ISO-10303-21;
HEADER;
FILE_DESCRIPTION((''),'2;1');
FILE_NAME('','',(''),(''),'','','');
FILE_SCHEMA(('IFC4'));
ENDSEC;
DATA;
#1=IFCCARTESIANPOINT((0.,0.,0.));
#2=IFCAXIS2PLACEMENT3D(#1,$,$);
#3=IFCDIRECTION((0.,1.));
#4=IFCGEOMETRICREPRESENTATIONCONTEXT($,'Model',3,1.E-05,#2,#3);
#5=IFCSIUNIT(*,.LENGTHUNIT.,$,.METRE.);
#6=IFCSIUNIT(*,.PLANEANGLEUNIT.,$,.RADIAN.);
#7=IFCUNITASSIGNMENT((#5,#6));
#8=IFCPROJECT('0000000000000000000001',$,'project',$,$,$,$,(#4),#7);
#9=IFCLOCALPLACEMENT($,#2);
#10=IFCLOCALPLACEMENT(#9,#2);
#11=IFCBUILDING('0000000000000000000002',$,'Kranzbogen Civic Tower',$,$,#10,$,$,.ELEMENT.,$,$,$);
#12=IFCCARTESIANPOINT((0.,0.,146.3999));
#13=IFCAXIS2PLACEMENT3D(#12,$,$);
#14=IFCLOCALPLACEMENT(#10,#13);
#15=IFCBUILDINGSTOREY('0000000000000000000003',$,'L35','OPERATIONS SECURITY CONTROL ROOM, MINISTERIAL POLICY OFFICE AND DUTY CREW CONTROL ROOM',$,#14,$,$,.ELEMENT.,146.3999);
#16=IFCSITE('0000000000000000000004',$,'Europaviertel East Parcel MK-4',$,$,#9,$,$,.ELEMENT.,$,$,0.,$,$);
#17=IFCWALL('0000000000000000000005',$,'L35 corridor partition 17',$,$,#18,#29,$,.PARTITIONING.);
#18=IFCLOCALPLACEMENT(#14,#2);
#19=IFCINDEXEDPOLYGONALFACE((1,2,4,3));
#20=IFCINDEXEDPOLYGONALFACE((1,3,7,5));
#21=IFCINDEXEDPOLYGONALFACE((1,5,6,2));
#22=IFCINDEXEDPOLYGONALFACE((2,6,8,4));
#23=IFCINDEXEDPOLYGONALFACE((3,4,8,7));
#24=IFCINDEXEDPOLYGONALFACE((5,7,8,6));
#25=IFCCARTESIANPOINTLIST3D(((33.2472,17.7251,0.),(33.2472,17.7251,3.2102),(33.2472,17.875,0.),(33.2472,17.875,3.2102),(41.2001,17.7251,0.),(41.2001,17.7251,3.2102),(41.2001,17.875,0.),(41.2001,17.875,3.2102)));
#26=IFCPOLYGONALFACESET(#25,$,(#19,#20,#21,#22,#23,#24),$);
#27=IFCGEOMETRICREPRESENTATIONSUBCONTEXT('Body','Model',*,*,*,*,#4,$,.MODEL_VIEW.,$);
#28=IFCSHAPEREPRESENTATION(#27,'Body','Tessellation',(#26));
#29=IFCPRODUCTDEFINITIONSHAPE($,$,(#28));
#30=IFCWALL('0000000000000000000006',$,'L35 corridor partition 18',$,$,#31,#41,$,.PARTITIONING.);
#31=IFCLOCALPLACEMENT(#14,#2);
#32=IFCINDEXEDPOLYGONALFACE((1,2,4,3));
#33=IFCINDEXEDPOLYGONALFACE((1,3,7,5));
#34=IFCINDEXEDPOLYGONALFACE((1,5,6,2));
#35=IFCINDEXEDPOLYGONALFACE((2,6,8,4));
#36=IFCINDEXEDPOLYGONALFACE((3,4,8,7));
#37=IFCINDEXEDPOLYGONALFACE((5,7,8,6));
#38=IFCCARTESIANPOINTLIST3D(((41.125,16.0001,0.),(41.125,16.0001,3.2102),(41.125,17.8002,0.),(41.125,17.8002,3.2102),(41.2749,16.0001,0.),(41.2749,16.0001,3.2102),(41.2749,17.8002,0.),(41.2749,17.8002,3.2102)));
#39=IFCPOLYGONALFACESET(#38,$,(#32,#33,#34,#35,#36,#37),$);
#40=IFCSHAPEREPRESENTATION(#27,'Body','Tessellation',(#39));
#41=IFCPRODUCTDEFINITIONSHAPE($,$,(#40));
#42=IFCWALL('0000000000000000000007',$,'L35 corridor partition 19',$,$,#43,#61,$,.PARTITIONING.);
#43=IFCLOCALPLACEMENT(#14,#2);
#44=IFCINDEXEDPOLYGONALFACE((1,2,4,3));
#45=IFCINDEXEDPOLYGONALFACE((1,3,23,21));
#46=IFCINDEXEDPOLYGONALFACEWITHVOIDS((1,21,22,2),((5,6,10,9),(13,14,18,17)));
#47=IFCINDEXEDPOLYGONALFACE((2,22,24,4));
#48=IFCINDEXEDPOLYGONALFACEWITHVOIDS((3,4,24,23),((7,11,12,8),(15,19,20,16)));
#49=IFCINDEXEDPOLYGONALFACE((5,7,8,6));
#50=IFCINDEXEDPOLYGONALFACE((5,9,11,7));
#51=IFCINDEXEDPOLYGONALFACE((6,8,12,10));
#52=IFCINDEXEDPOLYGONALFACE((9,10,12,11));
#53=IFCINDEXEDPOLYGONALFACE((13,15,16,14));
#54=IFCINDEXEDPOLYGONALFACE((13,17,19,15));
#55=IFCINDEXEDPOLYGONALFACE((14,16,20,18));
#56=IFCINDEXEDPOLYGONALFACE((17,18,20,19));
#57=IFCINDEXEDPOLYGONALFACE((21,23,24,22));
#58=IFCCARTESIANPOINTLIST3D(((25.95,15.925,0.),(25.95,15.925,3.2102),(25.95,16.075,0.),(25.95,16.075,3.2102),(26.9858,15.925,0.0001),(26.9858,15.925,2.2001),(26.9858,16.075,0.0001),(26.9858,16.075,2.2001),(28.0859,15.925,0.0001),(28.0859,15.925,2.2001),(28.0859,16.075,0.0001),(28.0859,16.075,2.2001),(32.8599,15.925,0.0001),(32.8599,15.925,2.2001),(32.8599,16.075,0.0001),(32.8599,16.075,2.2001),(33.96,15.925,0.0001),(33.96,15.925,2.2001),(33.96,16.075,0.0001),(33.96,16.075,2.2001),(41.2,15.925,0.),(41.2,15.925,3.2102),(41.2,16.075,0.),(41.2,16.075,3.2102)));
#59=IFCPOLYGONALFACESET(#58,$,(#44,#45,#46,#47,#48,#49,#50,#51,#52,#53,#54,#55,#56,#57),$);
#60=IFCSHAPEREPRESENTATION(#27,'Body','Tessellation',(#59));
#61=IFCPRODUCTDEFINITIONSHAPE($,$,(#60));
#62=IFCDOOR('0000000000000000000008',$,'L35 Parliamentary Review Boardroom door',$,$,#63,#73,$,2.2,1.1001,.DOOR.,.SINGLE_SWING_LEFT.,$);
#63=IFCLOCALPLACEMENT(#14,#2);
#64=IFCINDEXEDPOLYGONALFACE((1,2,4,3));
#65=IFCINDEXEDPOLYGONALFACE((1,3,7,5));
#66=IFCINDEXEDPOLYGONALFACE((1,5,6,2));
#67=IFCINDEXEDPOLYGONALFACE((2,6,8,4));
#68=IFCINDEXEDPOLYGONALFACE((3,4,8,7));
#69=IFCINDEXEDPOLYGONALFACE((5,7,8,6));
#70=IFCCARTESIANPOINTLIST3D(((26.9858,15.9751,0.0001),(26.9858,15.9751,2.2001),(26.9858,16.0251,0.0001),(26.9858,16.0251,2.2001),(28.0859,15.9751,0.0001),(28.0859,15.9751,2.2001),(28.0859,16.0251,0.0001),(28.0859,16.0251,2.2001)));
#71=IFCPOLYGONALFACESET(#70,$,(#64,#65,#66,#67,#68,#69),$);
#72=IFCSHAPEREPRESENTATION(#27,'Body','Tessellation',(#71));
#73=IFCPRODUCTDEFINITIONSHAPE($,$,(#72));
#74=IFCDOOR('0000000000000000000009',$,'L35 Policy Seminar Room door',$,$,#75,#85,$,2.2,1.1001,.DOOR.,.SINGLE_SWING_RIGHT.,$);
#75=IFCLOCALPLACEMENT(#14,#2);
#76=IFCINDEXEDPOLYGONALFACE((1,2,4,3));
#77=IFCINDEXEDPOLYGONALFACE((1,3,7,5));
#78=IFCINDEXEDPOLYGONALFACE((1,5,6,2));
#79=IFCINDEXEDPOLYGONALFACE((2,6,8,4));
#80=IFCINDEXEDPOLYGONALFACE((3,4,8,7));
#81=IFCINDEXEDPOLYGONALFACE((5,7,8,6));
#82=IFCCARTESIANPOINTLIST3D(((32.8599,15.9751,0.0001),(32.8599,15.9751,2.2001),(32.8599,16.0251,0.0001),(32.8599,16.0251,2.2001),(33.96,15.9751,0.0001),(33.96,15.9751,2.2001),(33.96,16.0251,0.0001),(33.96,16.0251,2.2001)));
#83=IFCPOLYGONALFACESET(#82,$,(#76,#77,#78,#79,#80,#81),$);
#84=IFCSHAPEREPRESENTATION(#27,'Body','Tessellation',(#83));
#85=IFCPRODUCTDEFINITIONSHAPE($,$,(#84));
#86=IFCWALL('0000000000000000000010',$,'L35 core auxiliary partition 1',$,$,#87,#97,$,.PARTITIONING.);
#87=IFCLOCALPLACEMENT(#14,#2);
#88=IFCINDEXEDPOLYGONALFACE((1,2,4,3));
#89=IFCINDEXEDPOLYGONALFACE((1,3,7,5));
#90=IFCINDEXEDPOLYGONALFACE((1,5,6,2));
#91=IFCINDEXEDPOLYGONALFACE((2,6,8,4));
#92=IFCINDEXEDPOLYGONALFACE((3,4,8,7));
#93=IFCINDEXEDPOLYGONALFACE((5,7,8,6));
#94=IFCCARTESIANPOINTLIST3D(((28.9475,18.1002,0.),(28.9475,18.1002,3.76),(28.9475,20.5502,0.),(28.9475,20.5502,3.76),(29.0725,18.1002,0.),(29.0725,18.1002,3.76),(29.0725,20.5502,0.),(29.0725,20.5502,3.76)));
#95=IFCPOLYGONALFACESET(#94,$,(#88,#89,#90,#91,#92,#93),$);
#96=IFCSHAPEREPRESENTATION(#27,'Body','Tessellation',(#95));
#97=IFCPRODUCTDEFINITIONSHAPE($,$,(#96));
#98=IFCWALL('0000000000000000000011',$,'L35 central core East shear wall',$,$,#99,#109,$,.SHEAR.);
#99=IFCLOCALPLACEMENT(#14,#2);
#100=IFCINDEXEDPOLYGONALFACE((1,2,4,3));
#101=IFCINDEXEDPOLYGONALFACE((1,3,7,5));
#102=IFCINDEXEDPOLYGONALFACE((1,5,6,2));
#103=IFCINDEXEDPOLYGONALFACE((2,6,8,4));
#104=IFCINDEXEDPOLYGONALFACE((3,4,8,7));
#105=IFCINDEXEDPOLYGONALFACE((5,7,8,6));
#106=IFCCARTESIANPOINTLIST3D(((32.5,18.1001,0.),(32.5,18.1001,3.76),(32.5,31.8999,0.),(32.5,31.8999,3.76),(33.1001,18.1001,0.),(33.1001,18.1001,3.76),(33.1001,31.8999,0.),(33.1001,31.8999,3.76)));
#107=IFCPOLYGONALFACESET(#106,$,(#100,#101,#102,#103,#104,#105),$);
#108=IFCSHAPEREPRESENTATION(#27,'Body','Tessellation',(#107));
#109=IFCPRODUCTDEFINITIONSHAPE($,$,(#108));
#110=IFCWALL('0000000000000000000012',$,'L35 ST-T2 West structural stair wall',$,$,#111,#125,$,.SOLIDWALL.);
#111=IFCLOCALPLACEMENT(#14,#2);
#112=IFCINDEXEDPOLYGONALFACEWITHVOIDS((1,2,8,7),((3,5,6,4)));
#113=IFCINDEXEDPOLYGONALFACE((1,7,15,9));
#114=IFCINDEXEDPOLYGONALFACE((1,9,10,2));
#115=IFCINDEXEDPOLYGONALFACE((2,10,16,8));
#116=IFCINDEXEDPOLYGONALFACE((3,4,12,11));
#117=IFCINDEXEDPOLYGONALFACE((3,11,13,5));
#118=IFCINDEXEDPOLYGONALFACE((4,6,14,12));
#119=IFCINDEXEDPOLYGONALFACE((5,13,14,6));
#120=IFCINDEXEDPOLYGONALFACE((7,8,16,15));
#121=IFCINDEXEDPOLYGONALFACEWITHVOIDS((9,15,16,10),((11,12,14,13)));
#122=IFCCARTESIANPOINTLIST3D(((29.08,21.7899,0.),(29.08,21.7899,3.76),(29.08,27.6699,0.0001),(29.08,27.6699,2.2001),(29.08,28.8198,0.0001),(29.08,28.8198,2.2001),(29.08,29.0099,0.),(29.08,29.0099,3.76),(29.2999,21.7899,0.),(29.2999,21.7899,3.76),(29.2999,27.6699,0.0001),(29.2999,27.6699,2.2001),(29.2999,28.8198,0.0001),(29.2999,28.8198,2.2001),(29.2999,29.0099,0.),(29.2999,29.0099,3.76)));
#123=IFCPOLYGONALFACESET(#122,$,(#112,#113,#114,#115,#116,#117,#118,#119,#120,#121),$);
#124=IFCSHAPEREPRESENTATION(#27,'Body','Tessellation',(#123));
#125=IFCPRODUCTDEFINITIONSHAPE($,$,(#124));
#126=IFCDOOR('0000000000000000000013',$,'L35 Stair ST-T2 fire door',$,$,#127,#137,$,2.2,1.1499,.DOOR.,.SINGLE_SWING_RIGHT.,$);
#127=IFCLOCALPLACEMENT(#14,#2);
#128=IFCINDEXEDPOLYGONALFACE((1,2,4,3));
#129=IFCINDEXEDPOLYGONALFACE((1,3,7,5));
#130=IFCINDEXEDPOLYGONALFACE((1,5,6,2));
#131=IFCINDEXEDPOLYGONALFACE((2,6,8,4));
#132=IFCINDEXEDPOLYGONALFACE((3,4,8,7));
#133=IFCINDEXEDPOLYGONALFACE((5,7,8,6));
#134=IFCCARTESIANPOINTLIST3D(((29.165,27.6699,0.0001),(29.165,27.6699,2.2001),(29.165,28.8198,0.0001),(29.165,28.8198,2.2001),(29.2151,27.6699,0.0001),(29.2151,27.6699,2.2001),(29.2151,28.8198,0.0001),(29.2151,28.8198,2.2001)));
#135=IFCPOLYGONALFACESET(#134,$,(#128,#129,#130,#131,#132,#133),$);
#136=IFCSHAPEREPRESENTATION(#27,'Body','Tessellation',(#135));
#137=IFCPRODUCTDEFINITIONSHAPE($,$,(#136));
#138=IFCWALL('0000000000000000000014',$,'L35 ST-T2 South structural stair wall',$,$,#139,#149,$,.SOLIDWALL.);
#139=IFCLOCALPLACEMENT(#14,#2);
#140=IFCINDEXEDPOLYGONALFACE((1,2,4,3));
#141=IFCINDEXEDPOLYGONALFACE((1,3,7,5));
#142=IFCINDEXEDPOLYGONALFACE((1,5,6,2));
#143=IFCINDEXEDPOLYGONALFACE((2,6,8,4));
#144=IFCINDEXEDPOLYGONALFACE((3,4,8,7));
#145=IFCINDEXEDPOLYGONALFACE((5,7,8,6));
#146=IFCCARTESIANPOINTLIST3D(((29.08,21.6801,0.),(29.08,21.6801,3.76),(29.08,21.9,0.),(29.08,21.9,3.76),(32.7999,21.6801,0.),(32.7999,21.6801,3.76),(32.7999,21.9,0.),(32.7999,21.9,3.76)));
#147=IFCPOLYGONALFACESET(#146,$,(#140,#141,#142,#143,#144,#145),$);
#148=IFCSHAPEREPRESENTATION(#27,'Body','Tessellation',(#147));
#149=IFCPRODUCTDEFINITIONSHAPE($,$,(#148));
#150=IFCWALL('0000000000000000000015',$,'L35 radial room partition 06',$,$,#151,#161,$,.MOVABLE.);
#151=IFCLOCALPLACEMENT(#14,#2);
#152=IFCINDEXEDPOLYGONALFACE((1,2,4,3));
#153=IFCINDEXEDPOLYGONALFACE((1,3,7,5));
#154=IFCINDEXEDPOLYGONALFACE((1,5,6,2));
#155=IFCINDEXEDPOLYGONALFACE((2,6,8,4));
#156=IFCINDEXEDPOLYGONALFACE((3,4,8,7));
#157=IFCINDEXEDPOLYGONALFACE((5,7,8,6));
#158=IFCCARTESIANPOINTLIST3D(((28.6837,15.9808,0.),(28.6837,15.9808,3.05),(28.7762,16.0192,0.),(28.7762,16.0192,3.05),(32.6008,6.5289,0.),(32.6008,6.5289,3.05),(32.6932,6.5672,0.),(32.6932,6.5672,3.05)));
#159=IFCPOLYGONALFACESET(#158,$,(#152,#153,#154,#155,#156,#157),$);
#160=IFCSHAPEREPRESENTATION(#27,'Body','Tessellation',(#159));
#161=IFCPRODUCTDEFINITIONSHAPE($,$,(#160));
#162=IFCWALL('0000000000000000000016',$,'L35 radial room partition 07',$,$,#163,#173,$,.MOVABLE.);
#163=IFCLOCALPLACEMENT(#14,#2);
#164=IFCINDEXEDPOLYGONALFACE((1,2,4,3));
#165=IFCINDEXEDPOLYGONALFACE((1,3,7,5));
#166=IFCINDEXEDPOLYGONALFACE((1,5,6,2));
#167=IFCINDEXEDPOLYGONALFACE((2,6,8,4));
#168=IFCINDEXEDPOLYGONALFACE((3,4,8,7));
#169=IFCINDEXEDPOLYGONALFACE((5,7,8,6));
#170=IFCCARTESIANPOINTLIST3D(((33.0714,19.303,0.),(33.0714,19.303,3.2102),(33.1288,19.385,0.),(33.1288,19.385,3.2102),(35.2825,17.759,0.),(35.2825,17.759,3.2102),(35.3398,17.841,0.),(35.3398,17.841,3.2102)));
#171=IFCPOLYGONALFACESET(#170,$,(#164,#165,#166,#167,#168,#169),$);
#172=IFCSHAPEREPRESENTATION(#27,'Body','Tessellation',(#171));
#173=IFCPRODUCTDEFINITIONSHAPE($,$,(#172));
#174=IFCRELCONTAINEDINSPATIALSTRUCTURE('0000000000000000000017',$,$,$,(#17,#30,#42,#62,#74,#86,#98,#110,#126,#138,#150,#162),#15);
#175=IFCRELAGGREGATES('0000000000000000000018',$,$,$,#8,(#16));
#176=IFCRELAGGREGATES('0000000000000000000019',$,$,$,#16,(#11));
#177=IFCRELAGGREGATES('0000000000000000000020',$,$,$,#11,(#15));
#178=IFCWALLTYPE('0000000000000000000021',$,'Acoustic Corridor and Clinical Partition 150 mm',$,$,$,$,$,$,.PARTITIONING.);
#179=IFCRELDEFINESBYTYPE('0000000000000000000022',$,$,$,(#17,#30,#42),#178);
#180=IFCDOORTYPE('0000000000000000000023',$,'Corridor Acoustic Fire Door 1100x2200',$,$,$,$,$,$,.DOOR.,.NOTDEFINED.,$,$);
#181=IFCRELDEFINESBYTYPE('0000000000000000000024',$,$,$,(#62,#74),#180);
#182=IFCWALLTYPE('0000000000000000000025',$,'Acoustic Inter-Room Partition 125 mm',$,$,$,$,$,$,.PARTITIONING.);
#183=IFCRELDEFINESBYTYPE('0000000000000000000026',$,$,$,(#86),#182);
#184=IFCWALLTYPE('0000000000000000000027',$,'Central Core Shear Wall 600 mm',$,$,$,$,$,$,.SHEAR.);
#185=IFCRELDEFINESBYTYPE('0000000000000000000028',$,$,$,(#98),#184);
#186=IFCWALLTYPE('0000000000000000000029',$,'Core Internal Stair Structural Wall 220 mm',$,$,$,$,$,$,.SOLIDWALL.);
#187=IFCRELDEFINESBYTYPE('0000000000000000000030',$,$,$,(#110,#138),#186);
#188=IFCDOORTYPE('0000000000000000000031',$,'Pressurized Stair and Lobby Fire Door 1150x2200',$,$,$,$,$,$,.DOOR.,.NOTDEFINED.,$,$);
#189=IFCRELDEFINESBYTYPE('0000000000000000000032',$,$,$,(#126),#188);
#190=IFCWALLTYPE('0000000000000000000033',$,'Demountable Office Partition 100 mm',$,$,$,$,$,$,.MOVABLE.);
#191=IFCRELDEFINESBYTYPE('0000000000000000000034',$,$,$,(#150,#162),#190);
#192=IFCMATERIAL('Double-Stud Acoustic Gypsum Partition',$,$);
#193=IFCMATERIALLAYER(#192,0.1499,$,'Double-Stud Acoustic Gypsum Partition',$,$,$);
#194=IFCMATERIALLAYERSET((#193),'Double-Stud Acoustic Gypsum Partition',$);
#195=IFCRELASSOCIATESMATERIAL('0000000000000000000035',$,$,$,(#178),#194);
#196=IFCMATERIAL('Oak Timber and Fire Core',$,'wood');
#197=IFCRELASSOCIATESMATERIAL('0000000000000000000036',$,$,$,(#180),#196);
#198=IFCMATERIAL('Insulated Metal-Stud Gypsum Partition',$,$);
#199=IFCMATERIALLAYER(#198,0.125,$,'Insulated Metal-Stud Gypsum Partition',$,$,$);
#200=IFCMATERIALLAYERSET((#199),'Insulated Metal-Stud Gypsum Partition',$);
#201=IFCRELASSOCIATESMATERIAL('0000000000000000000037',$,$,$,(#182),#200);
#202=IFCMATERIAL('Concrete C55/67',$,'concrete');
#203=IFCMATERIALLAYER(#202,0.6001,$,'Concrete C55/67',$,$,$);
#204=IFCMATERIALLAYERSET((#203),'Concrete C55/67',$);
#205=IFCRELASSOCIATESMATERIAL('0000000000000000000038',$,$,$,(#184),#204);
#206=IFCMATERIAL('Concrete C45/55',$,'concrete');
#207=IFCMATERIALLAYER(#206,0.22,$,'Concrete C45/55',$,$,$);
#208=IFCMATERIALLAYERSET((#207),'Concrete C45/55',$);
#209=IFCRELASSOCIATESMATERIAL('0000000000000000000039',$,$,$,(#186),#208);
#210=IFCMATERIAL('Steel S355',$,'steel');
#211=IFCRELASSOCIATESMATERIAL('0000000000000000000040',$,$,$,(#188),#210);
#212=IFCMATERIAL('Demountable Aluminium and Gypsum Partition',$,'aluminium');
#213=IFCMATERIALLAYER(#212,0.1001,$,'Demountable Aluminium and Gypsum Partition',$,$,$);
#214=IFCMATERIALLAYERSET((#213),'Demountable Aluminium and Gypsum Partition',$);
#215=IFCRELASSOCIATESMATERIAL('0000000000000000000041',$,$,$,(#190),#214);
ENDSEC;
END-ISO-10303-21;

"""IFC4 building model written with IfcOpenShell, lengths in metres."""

from ifc_helpers import new_model, si_unit, direction, frame, frame_2d, origin, place, context, subcontext, project, spatial, rectangle, extrude, material, layer, layer_set, type_object, element, fill, save


model = new_model("IFC4")

# Units and contexts
model_context = context("Model", 3, precision=1e-05, world=origin(), true_north=direction((0.0, 1.0)))
body_context = subcontext(model_context, "Body", "Model", "MODEL_VIEW")
ifc_project = project(units=[si_unit("LENGTHUNIT", "METRE"), si_unit("PLANEANGLEUNIT", "RADIAN")], contexts=[model_context])

# Site, building, storey
site_placement = place(None, origin())
site = spatial("IfcSite", under=ifc_project, at=site_placement, Name="Europaviertel East Parcel MK-4", CompositionType="ELEMENT", RefElevation=0.0)
building_placement = place(site_placement, origin())
building = spatial("IfcBuilding", under=site, at=building_placement, Name="Kranzbogen Civic Tower", CompositionType="ELEMENT")
storey_placement = place(building_placement, frame((0.0, 0.0, 146.3999)))
storey = spatial("IfcBuildingStorey", under=building, at=storey_placement, Name="L35", Description="OPERATIONS SECURITY CONTROL ROOM, MINISTERIAL POLICY OFFICE AND DUTY CREW CONTROL ROOM", CompositionType="ELEMENT", Elevation=146.3999)

# Shared definitions
ifc_material_1 = material(Name="Steel S355", Category="steel")

# Walls
ifc_material_2 = material(Name="Double-Stud Acoustic Gypsum Partition")
ifc_layer_1 = layer(ifc_material_2, 0.1499, Name="Double-Stud Acoustic Gypsum Partition")
ifc_layer_set_1 = layer_set([ifc_layer_1], Name="Double-Stud Acoustic Gypsum Partition")
wall_type_1 = type_object("IfcWallType", Name="Acoustic Corridor and Clinical Partition 150 mm", PredefinedType="PARTITIONING", material=ifc_layer_set_1)
wall_1_placement = place(storey_placement, frame((33.2471, 17.8, 0.0), z_axis=(0.0, 0.0, 1.0), x_axis=(1.0, 0.0, 0.0)))
element("IfcWall", 1, at=wall_1_placement, inside=storey, type_object=wall_type_1, Name="L35 corridor partition 17", PredefinedType="PARTITIONING", context=body_context, shape_type="SweptSolid", body=[
    extrude(rectangle(XDim=7.9529, YDim=0.1499, at=frame_2d((3.9766, 0.0))), origin(), (0.0, 0.0, 1.0), 3.2102),
])
wall_2_placement = place(storey_placement, frame((41.2, 17.8, 0.0), z_axis=(0.0, 0.0, 1.0), x_axis=(0.0, -1.0, 0.0)))
element("IfcWall", 2, at=wall_2_placement, inside=storey, type_object=wall_type_1, Name="L35 corridor partition 18", PredefinedType="PARTITIONING", context=body_context, shape_type="SweptSolid", body=[
    extrude(rectangle(XDim=1.8, YDim=0.1499, at=frame_2d((0.8999, 0.0))), origin(), (0.0, 0.0, 1.0), 3.2102),
])

# Wall, openings, doors
wall_3_placement = place(storey_placement, frame((41.2, 16.0, 0.0), z_axis=(0.0, 0.0, 1.0), x_axis=(-1.0, 0.0, 0.0)))
wall_3 = element("IfcWall", 3, at=wall_3_placement, inside=storey, type_object=wall_type_1, Name="L35 corridor partition 19", PredefinedType="PARTITIONING", context=body_context, shape_type="SweptSolid", body=[
    extrude(rectangle(XDim=15.25, YDim=0.1499, at=frame_2d((7.625, 0.0))), origin(), (0.0, 0.0, 1.0), 3.2102),
])
opening_1_placement = place(wall_3_placement, frame((13.114, 0.0, 0.0)))
opening_1 = element("IfcOpeningElement", 4, at=opening_1_placement, cuts=wall_3, PredefinedType="OPENING", context=body_context, shape_type="SweptSolid", body=[
    extrude(rectangle(XDim=1.1001, YDim=2.2, at=frame_2d((0.55, 1.1001))), frame((0.0, 0.085, 0.0), z_axis=(0.0, -1.0, 0.0), x_axis=(1.0, 0.0, 0.0)), (0.0, 0.0, 1.0), 0.1699),
])
opening_2_placement = place(wall_3_placement, frame((7.24, 0.0, 0.0)))
opening_2 = element("IfcOpeningElement", 5, at=opening_2_placement, cuts=wall_3, PredefinedType="OPENING", context=body_context, shape_type="SweptSolid", body=[
    extrude(rectangle(XDim=1.1001, YDim=2.2, at=frame_2d((0.55, 1.1001))), frame((0.0, 0.085, 0.0), z_axis=(0.0, -1.0, 0.0), x_axis=(1.0, 0.0, 0.0)), (0.0, 0.0, 1.0), 0.1699),
])
ifc_material_3 = material(Name="Oak Timber and Fire Core", Category="wood")
door_type_1 = type_object("IfcDoorType", Name="Corridor Acoustic Fire Door 1100x2200", OperationType="NOTDEFINED", PredefinedType="DOOR", material=ifc_material_3)
door_1_placement = place(opening_1_placement, origin())
door_1 = element("IfcDoor", 6, at=door_1_placement, inside=storey, type_object=door_type_1, Name="L35 Parliamentary Review Boardroom door", OperationType="SINGLE_SWING_LEFT", OverallHeight=2.2, OverallWidth=1.1001, PredefinedType="DOOR", context=body_context, shape_type="SweptSolid", body=[
    extrude(rectangle(XDim=1.1001, YDim=2.2, at=frame_2d((0.55, 1.1001))), frame((0.0, 0.0249, 0.0), z_axis=(0.0, -1.0, 0.0), x_axis=(1.0, 0.0, 0.0)), (0.0, 0.0, 1.0), 0.05),
])
fill(opening_1, door_1)
door_2_placement = place(opening_2_placement, origin())
door_2 = element("IfcDoor", 7, at=door_2_placement, inside=storey, type_object=door_type_1, Name="L35 Policy Seminar Room door", OperationType="SINGLE_SWING_RIGHT", OverallHeight=2.2, OverallWidth=1.1001, PredefinedType="DOOR", context=body_context, shape_type="SweptSolid", body=[
    extrude(rectangle(XDim=1.1001, YDim=2.2, at=frame_2d((0.55, 1.1001))), frame((0.0, 0.0249, 0.0), z_axis=(0.0, -1.0, 0.0), x_axis=(1.0, 0.0, 0.0)), (0.0, 0.0, 1.0), 0.05),
])
fill(opening_2, door_2)

# Walls
ifc_material_4 = material(Name="Insulated Metal-Stud Gypsum Partition")
ifc_layer_2 = layer(ifc_material_4, 0.125, Name="Insulated Metal-Stud Gypsum Partition")
ifc_layer_set_2 = layer_set([ifc_layer_2], Name="Insulated Metal-Stud Gypsum Partition")
wall_type_2 = type_object("IfcWallType", Name="Acoustic Inter-Room Partition 125 mm", PredefinedType="PARTITIONING", material=ifc_layer_set_2)
wall_4_placement = place(storey_placement, frame((29.01, 18.1001, 0.0), z_axis=(0.0, 0.0, 1.0), x_axis=(0.0, 1.0, 0.0)))
element("IfcWall", 8, at=wall_4_placement, inside=storey, type_object=wall_type_2, Name="L35 core auxiliary partition 1", PredefinedType="PARTITIONING", context=body_context, shape_type="SweptSolid", body=[
    extrude(rectangle(XDim=2.45, YDim=0.125, at=frame_2d((1.2251, 0.0))), origin(), (0.0, 0.0, 1.0), 3.76),
])
ifc_material_5 = material(Name="Concrete C55/67", Category="concrete")
ifc_layer_3 = layer(ifc_material_5, 0.6001, Name="Concrete C55/67")
ifc_layer_set_3 = layer_set([ifc_layer_3], Name="Concrete C55/67")
wall_type_3 = type_object("IfcWallType", Name="Central Core Shear Wall 600 mm", PredefinedType="SHEAR", material=ifc_layer_set_3)
wall_5_placement = place(storey_placement, frame((32.8, 18.1001, 0.0), z_axis=(0.0, 0.0, 1.0), x_axis=(0.0, 1.0, 0.0)))
element("IfcWall", 9, at=wall_5_placement, inside=storey, type_object=wall_type_3, Name="L35 central core East shear wall", PredefinedType="SHEAR", context=body_context, shape_type="SweptSolid", body=[
    extrude(rectangle(XDim=13.7998, YDim=0.6001, at=frame_2d((6.8999, 0.0))), origin(), (0.0, 0.0, 1.0), 3.76),
])

# Wall, opening, door
ifc_material_6 = material(Name="Concrete C45/55", Category="concrete")
ifc_layer_4 = layer(ifc_material_6, 0.22, Name="Concrete C45/55")
ifc_layer_set_4 = layer_set([ifc_layer_4], Name="Concrete C45/55")
wall_type_4 = type_object("IfcWallType", Name="Core Internal Stair Structural Wall 220 mm", PredefinedType="SOLIDWALL", material=ifc_layer_set_4)
wall_6_placement = place(storey_placement, frame((29.1899, 21.79, 0.0), z_axis=(0.0, 0.0, 1.0), x_axis=(0.0, 1.0, 0.0)))
wall_6 = element("IfcWall", 10, at=wall_6_placement, inside=storey, type_object=wall_type_4, Name="L35 ST-T2 West structural stair wall", PredefinedType="SOLIDWALL", context=body_context, shape_type="SweptSolid", body=[
    extrude(rectangle(XDim=7.22, YDim=0.22, at=frame_2d((3.6099, 0.0))), origin(), (0.0, 0.0, 1.0), 3.76),
])
opening_3_placement = place(wall_6_placement, frame((5.8799, 0.0, 0.0)))
opening_3 = element("IfcOpeningElement", 11, at=opening_3_placement, cuts=wall_6, PredefinedType="OPENING", context=body_context, shape_type="SweptSolid", body=[
    extrude(rectangle(XDim=1.1499, YDim=2.2, at=frame_2d((0.575, 1.1001))), frame((0.0, 0.1201, 0.0), z_axis=(0.0, -1.0, 0.0), x_axis=(1.0, 0.0, 0.0)), (0.0, 0.0, 1.0), 0.24),
])
door_type_2 = type_object("IfcDoorType", Name="Pressurized Stair and Lobby Fire Door 1150x2200", OperationType="NOTDEFINED", PredefinedType="DOOR", material=ifc_material_1)
door_3_placement = place(opening_3_placement, origin())
door_3 = element("IfcDoor", 12, at=door_3_placement, inside=storey, type_object=door_type_2, Name="L35 Stair ST-T2 fire door", OperationType="SINGLE_SWING_RIGHT", OverallHeight=2.2, OverallWidth=1.1499, PredefinedType="DOOR", context=body_context, shape_type="SweptSolid", body=[
    extrude(rectangle(XDim=1.1499, YDim=2.2, at=frame_2d((0.575, 1.1001))), frame((0.0, 0.0249, 0.0), z_axis=(0.0, -1.0, 0.0), x_axis=(1.0, 0.0, 0.0)), (0.0, 0.0, 1.0), 0.05),
])
fill(opening_3, door_3)

# Walls
wall_7_placement = place(storey_placement, frame((29.0801, 21.79, 0.0), z_axis=(0.0, 0.0, 1.0), x_axis=(1.0, 0.0, 0.0)))
element("IfcWall", 13, at=wall_7_placement, inside=storey, type_object=wall_type_4, Name="L35 ST-T2 South structural stair wall", PredefinedType="SOLIDWALL", context=body_context, shape_type="SweptSolid", body=[
    extrude(rectangle(XDim=3.72, YDim=0.22, at=frame_2d((1.8599, 0.0))), origin(), (0.0, 0.0, 1.0), 3.76),
])
ifc_material_7 = material(Name="Demountable Aluminium and Gypsum Partition", Category="aluminium")
ifc_layer_5 = layer(ifc_material_7, 0.1001, Name="Demountable Aluminium and Gypsum Partition")
ifc_layer_set_5 = layer_set([ifc_layer_5], Name="Demountable Aluminium and Gypsum Partition")
wall_type_5 = type_object("IfcWallType", Name="Demountable Office Partition 100 mm", PredefinedType="MOVABLE", material=ifc_layer_set_5)
wall_8_placement = place(storey_placement, frame((28.73, 16.0, 0.0), z_axis=(0.0, 0.0, 1.0), x_axis=(0.382841, -0.923814, 0.0)))
element("IfcWall", 14, at=wall_8_placement, inside=storey, type_object=wall_type_5, Name="L35 radial room partition 06", PredefinedType="MOVABLE", context=body_context, shape_type="SweptSolid", body=[
    extrude(rectangle(XDim=10.2314, YDim=0.1001, at=frame_2d((5.1157, 0.0))), origin(), (0.0, 0.0, 1.0), 3.05),
])
wall_9_placement = place(storey_placement, frame((33.1001, 19.344, 0.0), z_axis=(0.0, 0.0, 1.0), x_axis=(0.819878, -0.572538, 0.0)))
element("IfcWall", 15, at=wall_9_placement, inside=storey, type_object=wall_type_5, Name="L35 radial room partition 07", PredefinedType="MOVABLE", context=body_context, shape_type="SweptSolid", body=[
    extrude(rectangle(XDim=2.6968, YDim=0.1001, at=frame_2d((1.3484, 0.0))), origin(), (0.0, 0.0, 1.0), 3.2102),
])

save(model, "model.ifc")
